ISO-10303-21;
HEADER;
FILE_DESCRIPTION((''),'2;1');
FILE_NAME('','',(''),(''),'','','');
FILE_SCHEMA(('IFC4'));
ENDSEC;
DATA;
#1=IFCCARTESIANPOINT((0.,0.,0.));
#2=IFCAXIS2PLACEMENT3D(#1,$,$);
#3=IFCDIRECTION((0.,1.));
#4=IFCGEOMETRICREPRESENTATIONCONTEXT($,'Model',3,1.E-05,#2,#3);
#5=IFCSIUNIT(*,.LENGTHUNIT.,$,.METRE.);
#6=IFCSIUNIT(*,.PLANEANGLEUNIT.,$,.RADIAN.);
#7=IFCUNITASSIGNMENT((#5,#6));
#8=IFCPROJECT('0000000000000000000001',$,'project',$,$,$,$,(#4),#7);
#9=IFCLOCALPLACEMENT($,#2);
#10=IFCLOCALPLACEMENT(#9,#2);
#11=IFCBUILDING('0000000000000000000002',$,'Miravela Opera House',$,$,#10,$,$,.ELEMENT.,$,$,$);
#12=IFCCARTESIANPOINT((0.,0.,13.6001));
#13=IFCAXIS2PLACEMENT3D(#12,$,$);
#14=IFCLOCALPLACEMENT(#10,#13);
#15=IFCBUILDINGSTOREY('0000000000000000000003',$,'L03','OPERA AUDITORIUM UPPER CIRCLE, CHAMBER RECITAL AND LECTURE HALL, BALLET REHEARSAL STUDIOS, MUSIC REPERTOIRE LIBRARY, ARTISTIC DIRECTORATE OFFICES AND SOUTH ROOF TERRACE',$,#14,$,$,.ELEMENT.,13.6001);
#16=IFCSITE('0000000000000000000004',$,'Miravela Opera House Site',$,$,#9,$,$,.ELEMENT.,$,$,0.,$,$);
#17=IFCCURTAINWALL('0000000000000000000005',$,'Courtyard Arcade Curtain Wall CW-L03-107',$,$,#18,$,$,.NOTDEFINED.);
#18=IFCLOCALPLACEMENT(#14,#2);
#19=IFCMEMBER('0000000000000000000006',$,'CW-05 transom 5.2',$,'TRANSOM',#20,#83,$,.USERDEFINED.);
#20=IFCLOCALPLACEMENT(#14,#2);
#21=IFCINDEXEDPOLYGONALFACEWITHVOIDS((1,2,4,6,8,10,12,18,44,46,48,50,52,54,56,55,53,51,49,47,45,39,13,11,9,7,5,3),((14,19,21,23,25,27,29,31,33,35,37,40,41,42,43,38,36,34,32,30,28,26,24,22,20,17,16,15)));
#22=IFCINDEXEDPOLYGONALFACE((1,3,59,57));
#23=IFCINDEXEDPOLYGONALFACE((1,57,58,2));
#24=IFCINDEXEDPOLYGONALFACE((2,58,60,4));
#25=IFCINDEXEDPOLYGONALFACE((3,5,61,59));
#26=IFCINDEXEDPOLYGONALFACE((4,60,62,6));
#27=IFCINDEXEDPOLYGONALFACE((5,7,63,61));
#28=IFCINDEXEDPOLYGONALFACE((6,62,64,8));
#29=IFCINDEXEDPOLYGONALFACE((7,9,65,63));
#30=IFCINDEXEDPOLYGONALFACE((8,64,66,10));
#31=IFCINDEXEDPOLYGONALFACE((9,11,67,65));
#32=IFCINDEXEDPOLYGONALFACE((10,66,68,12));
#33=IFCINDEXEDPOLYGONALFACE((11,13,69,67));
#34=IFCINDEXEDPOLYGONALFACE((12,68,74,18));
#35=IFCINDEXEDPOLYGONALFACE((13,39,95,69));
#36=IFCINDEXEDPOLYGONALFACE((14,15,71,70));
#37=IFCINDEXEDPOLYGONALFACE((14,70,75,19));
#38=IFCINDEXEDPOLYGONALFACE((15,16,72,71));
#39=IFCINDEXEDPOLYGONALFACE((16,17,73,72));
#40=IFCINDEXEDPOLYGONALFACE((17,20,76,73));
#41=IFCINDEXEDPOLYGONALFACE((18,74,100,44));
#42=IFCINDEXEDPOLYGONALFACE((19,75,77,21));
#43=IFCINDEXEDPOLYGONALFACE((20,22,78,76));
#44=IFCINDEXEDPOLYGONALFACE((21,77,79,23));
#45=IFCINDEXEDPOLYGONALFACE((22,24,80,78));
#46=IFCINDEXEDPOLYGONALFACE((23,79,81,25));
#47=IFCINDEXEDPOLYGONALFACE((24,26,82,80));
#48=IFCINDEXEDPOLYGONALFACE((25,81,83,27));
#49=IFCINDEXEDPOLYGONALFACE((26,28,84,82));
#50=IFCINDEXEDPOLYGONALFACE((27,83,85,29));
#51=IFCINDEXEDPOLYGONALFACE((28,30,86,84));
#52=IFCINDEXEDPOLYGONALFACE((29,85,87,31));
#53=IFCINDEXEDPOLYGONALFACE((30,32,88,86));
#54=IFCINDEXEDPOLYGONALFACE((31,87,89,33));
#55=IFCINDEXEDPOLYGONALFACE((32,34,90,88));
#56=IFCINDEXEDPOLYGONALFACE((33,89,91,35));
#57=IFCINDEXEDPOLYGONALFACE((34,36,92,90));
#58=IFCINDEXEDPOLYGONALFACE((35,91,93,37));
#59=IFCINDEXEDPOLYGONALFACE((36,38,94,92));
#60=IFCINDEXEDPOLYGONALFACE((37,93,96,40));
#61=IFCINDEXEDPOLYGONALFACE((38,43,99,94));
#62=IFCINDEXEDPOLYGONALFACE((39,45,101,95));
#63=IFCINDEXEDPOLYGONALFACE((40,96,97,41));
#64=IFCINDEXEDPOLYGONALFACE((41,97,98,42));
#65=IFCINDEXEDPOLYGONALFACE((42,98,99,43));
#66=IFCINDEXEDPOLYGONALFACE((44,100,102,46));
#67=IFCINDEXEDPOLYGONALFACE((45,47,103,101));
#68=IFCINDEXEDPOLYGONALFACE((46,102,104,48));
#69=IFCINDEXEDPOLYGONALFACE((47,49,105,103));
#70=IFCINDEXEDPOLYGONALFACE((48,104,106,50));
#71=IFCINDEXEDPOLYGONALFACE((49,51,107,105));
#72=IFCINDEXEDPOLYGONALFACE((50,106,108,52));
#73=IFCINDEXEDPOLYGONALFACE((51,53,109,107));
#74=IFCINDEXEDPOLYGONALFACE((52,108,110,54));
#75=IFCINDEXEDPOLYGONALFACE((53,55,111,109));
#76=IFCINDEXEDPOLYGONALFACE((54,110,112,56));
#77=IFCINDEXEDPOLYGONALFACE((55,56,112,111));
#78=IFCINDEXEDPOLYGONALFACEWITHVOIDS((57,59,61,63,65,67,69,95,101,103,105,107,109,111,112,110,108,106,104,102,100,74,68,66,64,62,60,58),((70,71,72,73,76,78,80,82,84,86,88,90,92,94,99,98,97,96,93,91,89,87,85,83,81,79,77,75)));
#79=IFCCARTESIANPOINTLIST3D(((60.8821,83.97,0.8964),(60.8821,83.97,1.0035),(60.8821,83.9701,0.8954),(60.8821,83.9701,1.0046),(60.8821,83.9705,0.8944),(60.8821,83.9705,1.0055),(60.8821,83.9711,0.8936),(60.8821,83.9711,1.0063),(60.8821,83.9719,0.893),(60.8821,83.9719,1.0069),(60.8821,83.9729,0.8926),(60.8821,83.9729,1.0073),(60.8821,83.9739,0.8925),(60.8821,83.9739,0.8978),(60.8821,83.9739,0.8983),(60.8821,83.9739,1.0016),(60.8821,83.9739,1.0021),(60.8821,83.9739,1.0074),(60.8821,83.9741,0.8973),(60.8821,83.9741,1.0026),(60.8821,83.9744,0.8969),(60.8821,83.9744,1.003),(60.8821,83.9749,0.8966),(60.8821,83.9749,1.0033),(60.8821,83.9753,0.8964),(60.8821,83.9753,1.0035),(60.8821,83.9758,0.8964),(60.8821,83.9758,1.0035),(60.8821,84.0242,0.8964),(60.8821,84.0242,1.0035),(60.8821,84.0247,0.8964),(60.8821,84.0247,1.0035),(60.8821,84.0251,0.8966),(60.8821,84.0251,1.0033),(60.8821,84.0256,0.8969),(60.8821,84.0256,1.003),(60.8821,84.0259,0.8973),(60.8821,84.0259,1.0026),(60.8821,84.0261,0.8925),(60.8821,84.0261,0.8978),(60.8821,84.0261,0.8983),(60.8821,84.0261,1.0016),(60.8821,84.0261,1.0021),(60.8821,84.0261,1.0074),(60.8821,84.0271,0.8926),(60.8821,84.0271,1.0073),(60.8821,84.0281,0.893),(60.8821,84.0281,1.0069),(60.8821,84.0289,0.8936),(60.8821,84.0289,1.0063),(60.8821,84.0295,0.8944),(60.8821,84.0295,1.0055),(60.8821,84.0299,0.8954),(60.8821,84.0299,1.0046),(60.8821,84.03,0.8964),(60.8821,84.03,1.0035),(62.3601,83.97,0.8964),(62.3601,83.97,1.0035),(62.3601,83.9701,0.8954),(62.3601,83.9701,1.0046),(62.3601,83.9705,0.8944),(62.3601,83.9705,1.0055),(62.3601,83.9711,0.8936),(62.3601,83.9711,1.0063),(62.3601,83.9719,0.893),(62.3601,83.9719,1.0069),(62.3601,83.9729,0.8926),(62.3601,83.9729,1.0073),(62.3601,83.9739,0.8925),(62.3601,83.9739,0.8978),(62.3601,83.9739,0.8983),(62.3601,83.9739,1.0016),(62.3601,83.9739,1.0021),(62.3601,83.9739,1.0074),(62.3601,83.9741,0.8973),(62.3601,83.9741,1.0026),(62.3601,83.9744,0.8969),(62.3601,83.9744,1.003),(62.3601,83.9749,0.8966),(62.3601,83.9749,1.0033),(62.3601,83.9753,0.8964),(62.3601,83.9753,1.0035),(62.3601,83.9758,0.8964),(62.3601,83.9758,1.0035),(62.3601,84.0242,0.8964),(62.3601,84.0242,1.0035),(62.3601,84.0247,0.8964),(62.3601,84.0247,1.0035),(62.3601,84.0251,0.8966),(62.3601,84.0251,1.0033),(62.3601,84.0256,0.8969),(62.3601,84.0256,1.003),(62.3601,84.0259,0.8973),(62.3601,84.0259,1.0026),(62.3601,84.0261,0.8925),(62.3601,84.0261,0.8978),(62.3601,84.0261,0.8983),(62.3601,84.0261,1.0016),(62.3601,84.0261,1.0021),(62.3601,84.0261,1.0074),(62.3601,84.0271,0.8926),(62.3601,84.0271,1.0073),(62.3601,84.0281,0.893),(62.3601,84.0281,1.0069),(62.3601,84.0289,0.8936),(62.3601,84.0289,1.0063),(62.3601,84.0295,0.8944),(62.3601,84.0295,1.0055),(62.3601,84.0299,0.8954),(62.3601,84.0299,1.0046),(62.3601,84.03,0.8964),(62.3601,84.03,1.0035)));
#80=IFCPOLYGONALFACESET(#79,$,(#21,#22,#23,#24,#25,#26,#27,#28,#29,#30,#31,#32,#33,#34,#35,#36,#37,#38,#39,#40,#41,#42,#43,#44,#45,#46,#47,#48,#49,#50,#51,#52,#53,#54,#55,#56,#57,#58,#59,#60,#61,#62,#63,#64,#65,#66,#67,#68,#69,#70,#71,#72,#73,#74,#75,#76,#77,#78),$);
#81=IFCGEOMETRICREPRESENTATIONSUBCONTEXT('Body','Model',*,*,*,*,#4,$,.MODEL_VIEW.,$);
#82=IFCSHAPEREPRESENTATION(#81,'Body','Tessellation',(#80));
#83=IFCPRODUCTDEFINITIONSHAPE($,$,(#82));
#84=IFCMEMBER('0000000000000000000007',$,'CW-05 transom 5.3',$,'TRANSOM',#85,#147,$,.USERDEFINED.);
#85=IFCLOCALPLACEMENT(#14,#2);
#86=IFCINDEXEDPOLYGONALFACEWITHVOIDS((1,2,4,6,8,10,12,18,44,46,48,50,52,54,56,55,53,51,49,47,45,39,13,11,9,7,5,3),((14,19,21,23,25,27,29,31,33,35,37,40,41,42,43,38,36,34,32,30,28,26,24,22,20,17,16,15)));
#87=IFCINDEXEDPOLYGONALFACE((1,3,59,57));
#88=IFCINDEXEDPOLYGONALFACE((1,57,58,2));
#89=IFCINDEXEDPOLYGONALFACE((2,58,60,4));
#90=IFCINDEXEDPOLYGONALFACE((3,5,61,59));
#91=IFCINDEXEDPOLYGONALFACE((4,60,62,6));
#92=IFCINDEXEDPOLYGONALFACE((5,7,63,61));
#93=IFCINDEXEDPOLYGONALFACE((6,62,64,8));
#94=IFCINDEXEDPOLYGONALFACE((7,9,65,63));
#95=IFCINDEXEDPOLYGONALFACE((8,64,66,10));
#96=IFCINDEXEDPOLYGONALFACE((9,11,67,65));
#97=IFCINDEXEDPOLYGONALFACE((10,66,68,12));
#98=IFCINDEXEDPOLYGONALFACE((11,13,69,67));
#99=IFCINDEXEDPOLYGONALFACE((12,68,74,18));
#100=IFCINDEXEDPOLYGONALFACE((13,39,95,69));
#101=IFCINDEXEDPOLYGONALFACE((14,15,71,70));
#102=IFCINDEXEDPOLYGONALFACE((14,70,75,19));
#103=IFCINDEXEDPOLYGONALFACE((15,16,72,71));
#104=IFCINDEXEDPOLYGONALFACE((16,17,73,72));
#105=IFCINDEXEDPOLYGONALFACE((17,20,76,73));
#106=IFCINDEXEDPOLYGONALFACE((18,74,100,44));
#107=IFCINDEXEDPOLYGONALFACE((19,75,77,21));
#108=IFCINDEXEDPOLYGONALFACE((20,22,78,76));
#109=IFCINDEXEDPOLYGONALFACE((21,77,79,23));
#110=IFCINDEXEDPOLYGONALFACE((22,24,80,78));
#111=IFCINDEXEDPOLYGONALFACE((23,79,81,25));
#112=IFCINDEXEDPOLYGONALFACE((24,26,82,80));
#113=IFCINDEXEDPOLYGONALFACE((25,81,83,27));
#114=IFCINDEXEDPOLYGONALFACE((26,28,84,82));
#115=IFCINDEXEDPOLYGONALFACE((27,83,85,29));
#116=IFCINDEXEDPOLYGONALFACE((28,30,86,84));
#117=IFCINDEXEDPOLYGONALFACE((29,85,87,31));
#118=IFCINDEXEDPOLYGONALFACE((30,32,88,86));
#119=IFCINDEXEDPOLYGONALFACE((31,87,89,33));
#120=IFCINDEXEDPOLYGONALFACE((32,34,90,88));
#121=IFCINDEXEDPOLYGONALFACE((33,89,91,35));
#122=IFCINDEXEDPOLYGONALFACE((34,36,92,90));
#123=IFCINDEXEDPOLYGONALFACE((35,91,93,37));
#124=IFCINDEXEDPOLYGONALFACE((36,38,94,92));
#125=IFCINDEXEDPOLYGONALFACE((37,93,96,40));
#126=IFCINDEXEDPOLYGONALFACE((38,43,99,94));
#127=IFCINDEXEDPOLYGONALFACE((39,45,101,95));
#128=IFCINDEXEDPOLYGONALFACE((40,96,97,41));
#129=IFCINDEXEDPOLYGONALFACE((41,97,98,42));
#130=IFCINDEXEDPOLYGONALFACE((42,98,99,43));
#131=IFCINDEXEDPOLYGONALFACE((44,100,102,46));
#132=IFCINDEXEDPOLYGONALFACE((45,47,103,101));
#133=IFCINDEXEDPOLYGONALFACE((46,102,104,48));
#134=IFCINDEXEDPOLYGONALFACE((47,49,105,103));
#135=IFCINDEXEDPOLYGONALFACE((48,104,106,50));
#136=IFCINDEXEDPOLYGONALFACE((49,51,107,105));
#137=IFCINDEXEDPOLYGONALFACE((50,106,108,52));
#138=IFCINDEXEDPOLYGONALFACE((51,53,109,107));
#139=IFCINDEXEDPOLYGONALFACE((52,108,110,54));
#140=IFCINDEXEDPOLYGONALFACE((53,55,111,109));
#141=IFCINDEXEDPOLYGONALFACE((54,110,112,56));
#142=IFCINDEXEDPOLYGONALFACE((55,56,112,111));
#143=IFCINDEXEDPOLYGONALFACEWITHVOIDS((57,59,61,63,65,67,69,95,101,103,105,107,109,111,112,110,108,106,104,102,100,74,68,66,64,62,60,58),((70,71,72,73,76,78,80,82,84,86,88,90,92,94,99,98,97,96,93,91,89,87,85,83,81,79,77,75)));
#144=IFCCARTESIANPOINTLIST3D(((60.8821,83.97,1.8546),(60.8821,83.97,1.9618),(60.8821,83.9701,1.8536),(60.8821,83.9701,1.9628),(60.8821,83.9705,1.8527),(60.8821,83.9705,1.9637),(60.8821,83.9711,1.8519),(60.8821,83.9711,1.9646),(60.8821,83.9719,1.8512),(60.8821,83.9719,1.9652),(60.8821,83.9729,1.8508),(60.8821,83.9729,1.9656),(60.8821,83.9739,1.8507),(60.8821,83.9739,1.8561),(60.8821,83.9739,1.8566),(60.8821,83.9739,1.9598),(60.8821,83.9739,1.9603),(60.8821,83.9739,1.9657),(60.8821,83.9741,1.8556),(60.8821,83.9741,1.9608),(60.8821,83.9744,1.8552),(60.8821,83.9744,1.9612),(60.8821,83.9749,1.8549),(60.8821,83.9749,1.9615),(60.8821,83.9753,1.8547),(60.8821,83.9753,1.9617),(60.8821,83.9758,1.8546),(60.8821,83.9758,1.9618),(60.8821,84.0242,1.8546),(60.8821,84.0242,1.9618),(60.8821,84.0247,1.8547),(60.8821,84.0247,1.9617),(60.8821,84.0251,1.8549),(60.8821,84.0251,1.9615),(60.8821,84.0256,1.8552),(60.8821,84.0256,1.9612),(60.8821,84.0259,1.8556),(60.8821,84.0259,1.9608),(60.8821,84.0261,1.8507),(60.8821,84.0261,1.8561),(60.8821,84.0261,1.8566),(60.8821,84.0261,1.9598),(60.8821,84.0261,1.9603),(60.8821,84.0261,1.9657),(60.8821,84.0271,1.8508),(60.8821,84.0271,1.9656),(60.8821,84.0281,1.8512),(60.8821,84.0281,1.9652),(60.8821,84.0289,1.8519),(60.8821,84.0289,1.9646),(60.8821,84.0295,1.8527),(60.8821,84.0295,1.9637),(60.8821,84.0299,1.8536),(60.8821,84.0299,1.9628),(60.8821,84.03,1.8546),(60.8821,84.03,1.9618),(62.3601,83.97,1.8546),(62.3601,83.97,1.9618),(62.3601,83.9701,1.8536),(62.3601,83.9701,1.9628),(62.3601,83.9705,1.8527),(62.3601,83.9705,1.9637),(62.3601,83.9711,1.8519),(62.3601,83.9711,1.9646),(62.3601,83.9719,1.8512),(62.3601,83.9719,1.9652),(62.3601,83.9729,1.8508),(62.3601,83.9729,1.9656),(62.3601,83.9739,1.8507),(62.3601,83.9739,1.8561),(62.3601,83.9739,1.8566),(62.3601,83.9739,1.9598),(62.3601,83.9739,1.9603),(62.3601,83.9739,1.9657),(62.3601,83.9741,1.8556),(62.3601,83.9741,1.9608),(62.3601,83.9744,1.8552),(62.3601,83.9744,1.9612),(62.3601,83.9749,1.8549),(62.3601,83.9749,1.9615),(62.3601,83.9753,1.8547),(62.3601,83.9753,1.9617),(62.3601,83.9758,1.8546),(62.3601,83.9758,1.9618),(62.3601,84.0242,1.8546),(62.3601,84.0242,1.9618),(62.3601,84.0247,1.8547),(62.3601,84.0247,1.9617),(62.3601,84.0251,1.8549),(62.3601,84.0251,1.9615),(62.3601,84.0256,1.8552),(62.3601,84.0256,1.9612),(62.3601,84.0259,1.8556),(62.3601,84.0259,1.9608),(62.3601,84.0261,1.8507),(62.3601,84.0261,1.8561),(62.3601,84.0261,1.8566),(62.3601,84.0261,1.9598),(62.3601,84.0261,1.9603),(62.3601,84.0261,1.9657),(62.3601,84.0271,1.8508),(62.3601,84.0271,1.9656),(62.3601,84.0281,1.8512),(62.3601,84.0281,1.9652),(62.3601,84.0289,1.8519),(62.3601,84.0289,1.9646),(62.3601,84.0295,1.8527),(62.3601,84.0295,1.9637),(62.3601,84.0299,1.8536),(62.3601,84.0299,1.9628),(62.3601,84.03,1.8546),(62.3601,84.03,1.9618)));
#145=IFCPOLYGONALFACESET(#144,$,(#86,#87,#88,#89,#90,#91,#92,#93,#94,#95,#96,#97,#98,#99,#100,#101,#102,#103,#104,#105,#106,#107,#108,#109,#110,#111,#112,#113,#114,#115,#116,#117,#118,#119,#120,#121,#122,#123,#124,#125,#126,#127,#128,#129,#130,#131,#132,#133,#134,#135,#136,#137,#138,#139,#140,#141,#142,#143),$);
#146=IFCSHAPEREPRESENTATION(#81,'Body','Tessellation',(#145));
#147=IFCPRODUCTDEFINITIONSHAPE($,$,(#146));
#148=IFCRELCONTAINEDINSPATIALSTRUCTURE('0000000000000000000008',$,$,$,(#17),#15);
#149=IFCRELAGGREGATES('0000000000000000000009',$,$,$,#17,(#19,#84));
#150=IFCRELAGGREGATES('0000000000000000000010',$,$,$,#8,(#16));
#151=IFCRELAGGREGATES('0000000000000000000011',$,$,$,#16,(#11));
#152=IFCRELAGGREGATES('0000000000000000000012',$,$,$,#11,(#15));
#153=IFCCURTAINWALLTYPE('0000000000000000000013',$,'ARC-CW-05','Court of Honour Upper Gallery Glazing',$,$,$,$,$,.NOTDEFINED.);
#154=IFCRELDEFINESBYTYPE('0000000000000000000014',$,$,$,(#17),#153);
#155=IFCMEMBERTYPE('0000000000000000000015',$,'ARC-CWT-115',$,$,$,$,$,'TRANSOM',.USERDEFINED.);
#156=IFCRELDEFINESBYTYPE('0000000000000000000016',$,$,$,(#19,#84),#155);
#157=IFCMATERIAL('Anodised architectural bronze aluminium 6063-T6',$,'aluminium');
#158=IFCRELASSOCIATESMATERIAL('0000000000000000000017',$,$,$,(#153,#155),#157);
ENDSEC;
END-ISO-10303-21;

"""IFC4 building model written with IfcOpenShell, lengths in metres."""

from ifc_helpers import new_model, si_unit, direction, frame, origin, origin_2d, place, context, subcontext, project, spatial, hollow_rectangle, extrude, material, material_profile, profile_set, type_object, element, aggregate, save


model = new_model("IFC4")

# Units and contexts
model_context = context("Model", 3, precision=1e-05, world=origin(), true_north=direction((0.0, 1.0)))
body_context = subcontext(model_context, "Body", "Model", "MODEL_VIEW")
ifc_project = project(units=[si_unit("LENGTHUNIT", "METRE"), si_unit("PLANEANGLEUNIT", "RADIAN")], contexts=[model_context])

# Site, building, storey
site_placement = place(None, origin())
site = spatial("IfcSite", under=ifc_project, at=site_placement, Name="Miravela Opera House Site", CompositionType="ELEMENT", RefElevation=0.0)
building_placement = place(site_placement, origin())
building = spatial("IfcBuilding", under=site, at=building_placement, Name="Miravela Opera House", CompositionType="ELEMENT")
storey_placement = place(building_placement, frame((0.0, 0.0, 13.6001)))
storey = spatial("IfcBuildingStorey", under=building, at=storey_placement, Name="L03", Description="OPERA AUDITORIUM UPPER CIRCLE, CHAMBER RECITAL AND LECTURE HALL, BALLET REHEARSAL STUDIOS, MUSIC REPERTOIRE LIBRARY, ARTISTIC DIRECTORATE OFFICES AND SOUTH ROOF TERRACE", CompositionType="ELEMENT", Elevation=13.6001)

# Curtain wall
ifc_material_1 = material(Name="Anodised architectural bronze aluminium 6063-T6", Category="aluminium")
curtain_wall_type = type_object("IfcCurtainWallType", Name="ARC-CW-05", Description="Court of Honour Upper Gallery Glazing", PredefinedType="NOTDEFINED", material=ifc_material_1)
curtain_wall_1_placement = place(storey_placement, origin())
curtain_wall_1 = element("IfcCurtainWall", 1, at=curtain_wall_1_placement, inside=storey, type_object=curtain_wall_type, Name="Courtyard Arcade Curtain Wall CW-L03-107", PredefinedType="NOTDEFINED")

# Members
ifc_material_profile_1 = material_profile(ifc_material_1, hollow_rectangle(XDim=0.0601, YDim=0.115, WallThickness=0.0039, InnerFilletRadius=0.002, OuterFilletRadius=0.0039, at=origin_2d()), Name="CWT-60X115")
ifc_profile_set_1 = profile_set([ifc_material_profile_1])
member_type_1 = type_object("IfcMemberType", Name="ARC-CWT-115", ElementType="TRANSOM", PredefinedType="USERDEFINED", material=ifc_profile_set_1)
member_1_placement = place(storey_placement, frame((60.8821, 84.0, 0.95), z_axis=(1.0, 0.0, 0.0), x_axis=(0.0, 1.0, 0.0)))
member_1 = element("IfcMember", 2, at=member_1_placement, type_object=member_type_1, Name="CW-05 transom 5.2", ObjectType="TRANSOM", PredefinedType="USERDEFINED", context=body_context, shape_type="SweptSolid", body=[
    extrude(hollow_rectangle(XDim=0.0601, YDim=0.115, WallThickness=0.0039, InnerFilletRadius=0.002, OuterFilletRadius=0.0039, at=origin_2d()), origin(), (0.0, 0.0, 1.0), 1.478),
])
member_2_placement = place(storey_placement, frame((60.8821, 84.0, 1.9082), z_axis=(1.0, 0.0, 0.0), x_axis=(0.0, 1.0, 0.0)))
member_2 = element("IfcMember", 3, at=member_2_placement, type_object=member_type_1, Name="CW-05 transom 5.3", ObjectType="TRANSOM", PredefinedType="USERDEFINED", context=body_context, shape_type="SweptSolid", body=[
    extrude(hollow_rectangle(XDim=0.0601, YDim=0.115, WallThickness=0.0039, InnerFilletRadius=0.002, OuterFilletRadius=0.0039, at=origin_2d()), origin(), (0.0, 0.0, 1.0), 1.478),
])

aggregate(curtain_wall_1, [member_1, member_2])

save(model, "model.ifc")
